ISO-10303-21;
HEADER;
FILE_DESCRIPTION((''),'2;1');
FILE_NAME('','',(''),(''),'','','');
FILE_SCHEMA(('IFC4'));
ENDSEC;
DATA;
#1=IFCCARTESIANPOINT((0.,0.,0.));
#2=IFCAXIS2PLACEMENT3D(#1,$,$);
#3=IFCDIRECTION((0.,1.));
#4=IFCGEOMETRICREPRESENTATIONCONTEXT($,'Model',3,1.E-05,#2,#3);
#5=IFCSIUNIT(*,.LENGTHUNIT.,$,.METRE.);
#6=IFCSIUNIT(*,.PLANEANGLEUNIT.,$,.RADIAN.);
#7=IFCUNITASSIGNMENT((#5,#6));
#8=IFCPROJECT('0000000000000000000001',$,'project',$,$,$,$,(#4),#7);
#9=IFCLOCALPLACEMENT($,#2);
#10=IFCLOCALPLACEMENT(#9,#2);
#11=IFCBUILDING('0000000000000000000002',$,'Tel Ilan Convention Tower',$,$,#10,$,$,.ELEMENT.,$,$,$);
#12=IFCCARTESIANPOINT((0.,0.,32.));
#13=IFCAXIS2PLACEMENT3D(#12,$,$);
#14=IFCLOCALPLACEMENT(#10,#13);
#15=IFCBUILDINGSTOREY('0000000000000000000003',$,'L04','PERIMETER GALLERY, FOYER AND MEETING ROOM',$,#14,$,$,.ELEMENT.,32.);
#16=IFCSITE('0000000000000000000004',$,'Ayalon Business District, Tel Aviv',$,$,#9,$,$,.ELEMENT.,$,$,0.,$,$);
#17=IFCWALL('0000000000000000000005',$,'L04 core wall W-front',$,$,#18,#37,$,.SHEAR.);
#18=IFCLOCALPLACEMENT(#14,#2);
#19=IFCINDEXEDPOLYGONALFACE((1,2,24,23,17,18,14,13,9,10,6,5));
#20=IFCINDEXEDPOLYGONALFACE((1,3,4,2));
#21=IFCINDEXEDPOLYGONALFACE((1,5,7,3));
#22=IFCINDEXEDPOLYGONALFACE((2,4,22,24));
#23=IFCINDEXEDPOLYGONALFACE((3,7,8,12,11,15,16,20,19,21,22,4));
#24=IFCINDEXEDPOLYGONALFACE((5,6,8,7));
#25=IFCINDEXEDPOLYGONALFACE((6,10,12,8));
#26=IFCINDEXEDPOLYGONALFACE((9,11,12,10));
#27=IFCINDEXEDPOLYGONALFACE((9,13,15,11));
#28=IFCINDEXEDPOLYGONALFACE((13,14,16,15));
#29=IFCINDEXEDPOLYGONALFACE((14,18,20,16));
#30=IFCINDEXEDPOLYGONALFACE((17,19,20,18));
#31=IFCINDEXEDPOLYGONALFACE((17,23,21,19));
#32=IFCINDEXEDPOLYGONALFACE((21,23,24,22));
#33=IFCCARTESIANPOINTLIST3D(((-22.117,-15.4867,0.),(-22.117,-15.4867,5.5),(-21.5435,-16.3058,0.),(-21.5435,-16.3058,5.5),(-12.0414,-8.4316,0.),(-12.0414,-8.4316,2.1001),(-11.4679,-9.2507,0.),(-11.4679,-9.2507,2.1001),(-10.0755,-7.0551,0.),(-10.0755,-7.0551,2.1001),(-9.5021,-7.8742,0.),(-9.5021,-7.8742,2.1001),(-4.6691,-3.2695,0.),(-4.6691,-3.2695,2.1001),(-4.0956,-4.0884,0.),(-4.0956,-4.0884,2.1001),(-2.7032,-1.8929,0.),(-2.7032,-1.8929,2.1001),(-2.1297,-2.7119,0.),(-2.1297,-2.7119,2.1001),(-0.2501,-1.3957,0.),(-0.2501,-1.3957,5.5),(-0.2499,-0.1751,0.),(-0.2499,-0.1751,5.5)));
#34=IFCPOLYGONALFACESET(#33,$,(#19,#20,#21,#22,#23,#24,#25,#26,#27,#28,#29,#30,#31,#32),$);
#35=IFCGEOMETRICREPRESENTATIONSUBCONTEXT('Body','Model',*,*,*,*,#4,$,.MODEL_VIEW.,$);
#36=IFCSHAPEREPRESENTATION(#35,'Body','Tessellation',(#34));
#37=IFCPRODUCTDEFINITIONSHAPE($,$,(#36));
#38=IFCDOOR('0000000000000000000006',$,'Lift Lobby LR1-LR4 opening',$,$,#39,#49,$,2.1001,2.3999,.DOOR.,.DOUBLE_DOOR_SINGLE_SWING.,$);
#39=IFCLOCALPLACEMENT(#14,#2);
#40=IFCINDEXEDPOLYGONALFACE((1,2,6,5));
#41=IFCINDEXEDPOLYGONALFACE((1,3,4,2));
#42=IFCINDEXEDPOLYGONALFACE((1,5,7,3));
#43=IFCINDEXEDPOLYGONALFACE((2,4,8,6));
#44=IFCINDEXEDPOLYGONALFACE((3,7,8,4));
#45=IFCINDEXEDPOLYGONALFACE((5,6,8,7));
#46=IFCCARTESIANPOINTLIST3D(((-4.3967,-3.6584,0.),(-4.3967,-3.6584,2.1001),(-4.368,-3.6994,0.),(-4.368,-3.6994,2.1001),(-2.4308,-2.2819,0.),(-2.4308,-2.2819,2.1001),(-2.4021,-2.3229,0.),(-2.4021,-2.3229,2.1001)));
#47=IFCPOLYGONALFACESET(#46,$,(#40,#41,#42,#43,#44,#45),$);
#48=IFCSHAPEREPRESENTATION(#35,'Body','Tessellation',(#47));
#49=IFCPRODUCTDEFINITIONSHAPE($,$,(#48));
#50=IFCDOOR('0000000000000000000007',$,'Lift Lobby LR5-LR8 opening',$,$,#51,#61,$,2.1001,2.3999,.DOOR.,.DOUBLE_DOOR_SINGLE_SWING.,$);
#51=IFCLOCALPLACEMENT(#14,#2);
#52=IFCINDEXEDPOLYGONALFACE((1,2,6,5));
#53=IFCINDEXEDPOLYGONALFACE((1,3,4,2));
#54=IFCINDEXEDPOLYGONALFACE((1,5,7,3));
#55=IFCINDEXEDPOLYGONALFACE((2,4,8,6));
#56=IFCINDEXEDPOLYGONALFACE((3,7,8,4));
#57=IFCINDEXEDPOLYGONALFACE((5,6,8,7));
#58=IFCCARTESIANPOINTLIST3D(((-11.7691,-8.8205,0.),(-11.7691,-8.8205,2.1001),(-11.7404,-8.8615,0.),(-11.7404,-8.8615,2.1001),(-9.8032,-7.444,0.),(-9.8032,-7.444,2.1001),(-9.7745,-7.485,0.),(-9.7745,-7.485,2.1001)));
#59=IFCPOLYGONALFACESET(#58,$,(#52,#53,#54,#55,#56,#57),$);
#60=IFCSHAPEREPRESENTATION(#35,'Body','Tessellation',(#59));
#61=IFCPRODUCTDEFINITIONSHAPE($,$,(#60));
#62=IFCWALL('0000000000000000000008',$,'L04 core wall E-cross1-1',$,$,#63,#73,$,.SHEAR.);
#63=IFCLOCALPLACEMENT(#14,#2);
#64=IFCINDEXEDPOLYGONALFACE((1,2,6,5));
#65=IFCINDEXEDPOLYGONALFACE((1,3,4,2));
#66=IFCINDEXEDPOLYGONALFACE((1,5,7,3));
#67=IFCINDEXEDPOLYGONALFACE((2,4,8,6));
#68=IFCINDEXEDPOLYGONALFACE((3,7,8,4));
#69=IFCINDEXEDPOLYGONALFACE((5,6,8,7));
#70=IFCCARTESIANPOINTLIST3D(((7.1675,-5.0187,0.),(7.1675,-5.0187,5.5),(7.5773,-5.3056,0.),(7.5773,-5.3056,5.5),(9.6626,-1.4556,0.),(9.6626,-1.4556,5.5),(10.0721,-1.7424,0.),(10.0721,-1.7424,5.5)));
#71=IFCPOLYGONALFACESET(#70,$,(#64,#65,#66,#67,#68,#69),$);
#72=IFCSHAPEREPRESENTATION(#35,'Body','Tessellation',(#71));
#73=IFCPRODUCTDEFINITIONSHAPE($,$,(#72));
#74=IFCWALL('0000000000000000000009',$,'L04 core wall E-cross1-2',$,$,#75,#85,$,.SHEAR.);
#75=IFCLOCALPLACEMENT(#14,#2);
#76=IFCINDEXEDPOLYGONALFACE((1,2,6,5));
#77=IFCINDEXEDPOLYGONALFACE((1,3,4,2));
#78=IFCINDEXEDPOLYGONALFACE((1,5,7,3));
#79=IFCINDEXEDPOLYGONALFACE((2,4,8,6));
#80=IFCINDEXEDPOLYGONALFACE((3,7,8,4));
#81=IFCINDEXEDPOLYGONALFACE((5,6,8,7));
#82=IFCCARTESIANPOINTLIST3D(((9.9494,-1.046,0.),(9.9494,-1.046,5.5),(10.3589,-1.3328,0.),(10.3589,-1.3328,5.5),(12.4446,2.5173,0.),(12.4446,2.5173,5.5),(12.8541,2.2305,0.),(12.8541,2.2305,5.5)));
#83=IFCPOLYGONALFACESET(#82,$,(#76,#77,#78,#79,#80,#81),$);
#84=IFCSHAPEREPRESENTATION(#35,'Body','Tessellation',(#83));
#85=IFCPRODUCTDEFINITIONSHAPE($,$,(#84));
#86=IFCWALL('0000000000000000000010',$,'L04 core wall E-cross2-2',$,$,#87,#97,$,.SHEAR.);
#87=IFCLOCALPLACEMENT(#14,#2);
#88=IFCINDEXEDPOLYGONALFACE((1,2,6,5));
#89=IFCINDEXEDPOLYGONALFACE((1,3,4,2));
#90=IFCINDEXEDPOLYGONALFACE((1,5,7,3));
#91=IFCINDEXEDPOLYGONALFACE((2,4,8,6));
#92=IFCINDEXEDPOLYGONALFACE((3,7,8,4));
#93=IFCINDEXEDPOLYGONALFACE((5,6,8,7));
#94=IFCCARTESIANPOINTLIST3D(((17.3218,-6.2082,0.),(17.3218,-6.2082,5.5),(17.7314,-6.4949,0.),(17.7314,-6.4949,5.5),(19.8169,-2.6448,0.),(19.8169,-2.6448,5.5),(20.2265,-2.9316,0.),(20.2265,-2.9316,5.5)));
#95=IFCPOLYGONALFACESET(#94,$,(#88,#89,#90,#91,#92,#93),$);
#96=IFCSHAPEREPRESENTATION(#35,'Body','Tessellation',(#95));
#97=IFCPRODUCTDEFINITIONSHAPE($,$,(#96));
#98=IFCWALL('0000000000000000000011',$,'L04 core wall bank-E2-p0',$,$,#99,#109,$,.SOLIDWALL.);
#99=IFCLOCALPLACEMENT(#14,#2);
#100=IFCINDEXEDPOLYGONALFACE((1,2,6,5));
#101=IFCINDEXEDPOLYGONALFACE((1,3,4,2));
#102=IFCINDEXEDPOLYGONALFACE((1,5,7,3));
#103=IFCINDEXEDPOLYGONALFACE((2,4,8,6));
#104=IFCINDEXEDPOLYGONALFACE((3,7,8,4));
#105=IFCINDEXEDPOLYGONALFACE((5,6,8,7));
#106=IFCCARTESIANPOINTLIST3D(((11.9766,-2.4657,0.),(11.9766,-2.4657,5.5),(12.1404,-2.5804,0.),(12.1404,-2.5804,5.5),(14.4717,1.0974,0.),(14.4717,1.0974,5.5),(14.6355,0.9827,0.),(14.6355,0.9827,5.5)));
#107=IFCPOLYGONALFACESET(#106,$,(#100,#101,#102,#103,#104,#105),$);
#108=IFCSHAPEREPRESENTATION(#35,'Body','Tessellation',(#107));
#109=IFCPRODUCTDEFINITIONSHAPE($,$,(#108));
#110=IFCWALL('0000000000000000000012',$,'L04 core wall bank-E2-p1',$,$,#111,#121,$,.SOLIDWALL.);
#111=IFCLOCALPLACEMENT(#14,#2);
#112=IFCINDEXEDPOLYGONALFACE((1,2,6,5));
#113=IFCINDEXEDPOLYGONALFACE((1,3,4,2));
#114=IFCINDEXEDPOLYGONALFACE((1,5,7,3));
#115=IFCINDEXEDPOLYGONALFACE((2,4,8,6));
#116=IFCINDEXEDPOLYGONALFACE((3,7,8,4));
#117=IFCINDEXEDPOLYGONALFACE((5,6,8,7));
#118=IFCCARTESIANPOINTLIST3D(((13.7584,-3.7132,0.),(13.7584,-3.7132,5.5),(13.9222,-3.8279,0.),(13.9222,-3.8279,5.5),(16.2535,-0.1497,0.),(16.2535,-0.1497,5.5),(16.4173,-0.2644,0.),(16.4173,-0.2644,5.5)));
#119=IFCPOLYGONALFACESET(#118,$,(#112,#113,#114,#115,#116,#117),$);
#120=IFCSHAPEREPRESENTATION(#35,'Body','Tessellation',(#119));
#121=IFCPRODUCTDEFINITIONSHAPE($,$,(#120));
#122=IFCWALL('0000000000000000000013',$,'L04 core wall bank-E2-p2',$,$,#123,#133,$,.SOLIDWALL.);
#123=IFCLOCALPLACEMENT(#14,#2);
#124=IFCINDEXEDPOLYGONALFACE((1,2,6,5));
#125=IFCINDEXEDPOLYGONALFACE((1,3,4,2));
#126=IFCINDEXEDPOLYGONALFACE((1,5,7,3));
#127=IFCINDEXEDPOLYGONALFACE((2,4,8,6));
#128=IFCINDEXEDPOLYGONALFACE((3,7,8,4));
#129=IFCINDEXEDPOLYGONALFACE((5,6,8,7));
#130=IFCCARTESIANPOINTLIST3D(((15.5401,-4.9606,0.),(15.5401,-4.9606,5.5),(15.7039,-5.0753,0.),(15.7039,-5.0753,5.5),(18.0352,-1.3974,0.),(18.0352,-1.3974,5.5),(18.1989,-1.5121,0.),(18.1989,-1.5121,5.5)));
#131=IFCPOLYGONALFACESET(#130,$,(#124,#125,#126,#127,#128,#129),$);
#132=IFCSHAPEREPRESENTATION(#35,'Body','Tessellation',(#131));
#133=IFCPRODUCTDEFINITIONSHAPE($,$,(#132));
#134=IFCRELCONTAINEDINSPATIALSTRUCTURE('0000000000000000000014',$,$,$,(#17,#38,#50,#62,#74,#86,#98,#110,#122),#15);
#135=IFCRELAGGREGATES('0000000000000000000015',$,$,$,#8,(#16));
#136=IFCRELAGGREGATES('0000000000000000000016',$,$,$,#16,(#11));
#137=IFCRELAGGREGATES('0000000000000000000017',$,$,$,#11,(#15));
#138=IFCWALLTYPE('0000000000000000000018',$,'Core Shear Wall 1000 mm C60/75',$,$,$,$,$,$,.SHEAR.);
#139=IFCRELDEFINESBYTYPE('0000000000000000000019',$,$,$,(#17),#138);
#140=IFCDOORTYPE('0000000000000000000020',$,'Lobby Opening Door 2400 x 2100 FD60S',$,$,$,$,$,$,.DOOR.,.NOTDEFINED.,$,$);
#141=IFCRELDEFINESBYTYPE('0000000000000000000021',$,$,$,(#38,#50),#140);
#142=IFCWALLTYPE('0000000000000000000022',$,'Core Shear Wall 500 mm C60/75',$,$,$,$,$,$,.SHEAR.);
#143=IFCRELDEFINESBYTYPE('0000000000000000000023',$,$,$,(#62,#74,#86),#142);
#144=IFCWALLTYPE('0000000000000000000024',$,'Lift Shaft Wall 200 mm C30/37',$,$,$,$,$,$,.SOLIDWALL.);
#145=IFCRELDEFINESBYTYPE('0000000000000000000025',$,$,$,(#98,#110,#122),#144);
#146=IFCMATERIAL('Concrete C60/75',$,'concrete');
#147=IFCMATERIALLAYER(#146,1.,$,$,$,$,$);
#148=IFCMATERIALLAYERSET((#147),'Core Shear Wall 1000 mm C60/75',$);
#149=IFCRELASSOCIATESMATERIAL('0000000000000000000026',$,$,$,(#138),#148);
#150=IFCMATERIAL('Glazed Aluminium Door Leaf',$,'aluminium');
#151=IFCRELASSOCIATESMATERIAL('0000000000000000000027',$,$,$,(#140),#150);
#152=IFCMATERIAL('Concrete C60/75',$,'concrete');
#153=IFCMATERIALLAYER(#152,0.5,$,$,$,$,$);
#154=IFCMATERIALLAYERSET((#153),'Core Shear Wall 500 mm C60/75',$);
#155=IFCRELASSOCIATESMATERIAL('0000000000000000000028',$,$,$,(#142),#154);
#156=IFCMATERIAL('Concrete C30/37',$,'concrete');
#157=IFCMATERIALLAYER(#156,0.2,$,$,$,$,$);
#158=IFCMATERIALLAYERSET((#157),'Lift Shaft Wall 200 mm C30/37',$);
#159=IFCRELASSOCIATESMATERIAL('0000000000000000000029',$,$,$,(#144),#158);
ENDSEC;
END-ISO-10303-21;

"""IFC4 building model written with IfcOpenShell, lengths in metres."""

from ifc_helpers import new_model, si_unit, direction, frame, frame_2d, origin, place, context, subcontext, project, spatial, polyline, rectangle, outline, extrude, material, layer, layer_set, type_object, element, fill, save


model = new_model("IFC4")

# Units and contexts
model_context = context("Model", 3, precision=1e-05, world=origin(), true_north=direction((0.0, 1.0)))
body_context = subcontext(model_context, "Body", "Model", "MODEL_VIEW")
ifc_project = project(units=[si_unit("LENGTHUNIT", "METRE"), si_unit("PLANEANGLEUNIT", "RADIAN")], contexts=[model_context])

# Site, building, storey
site_placement = place(None, origin())
site = spatial("IfcSite", under=ifc_project, at=site_placement, Name="Ayalon Business District, Tel Aviv", CompositionType="ELEMENT", RefElevation=0.0)
building_placement = place(site_placement, origin())
building = spatial("IfcBuilding", under=site, at=building_placement, Name="Tel Ilan Convention Tower", CompositionType="ELEMENT")
storey_placement = place(building_placement, frame((0.0, 0.0, 32.0)))
storey = spatial("IfcBuildingStorey", under=building, at=storey_placement, Name="L04", Description="PERIMETER GALLERY, FOYER AND MEETING ROOM", CompositionType="ELEMENT", Elevation=32.0)

# Wall, openings, doors
ifc_material_1 = material(Name="Concrete C60/75", Category="concrete")
ifc_layer_1 = layer(ifc_material_1, 1.0)
ifc_layer_set_1 = layer_set([ifc_layer_1], Name="Core Shear Wall 1000 mm C60/75")
wall_type_1 = type_object("IfcWallType", Name="Core Shear Wall 1000 mm C60/75", PredefinedType="SHEAR", material=ifc_layer_set_1)
wall_1_placement = place(storey_placement, frame((0.0369, -0.5847, 0.0), z_axis=(0.0, 0.0, 1.0), x_axis=(-0.819157, -0.573569, 0.0)))
wall_1 = element("IfcWall", 1, at=wall_1_placement, inside=storey, type_object=wall_type_1, Name="L04 core wall W-front", PredefinedType="SHEAR", context=body_context, shape_type="SweptSolid", body=[
    extrude(outline(polyline([(26.6948, 0.5002), (0.7002, 0.4998), (0.0, -0.5), (26.6948, -0.4998), (26.6948, 0.5002)])), origin(), (0.0, 0.0, 1.0), 5.5),
])
opening_1_placement = place(wall_1_placement, frame((2.9949, 0.0, 0.0)))
opening_1 = element("IfcOpeningElement", 2, at=opening_1_placement, cuts=wall_1, PredefinedType="OPENING", context=body_context, shape_type="SweptSolid", body=[
    extrude(rectangle(XDim=2.3999, YDim=2.1001, at=frame_2d((1.2, 1.05))), frame((0.0, 0.51, 0.0), z_axis=(0.0, -1.0, 0.0), x_axis=(1.0, 0.0, 0.0)), (0.0, 0.0, 1.0), 1.02),
])
opening_2_placement = place(wall_1_placement, frame((11.9949, 0.0, 0.0)))
opening_2 = element("IfcOpeningElement", 3, at=opening_2_placement, cuts=wall_1, PredefinedType="OPENING", context=body_context, shape_type="SweptSolid", body=[
    extrude(rectangle(XDim=2.3999, YDim=2.1001, at=frame_2d((1.2, 1.05))), frame((0.0, 0.51, 0.0), z_axis=(0.0, -1.0, 0.0), x_axis=(1.0, 0.0, 0.0)), (0.0, 0.0, 1.0), 1.02),
])
ifc_material_2 = material(Name="Glazed Aluminium Door Leaf", Category="aluminium")
door_type_1 = type_object("IfcDoorType", Name="Lobby Opening Door 2400 x 2100 FD60S", OperationType="NOTDEFINED", PredefinedType="DOOR", material=ifc_material_2)
door_1_placement = place(opening_1_placement, origin())
door_1 = element("IfcDoor", 4, at=door_1_placement, inside=storey, type_object=door_type_1, Name="Lift Lobby LR1-LR4 opening", OperationType="DOUBLE_DOOR_SINGLE_SWING", OverallHeight=2.1001, OverallWidth=2.3999, PredefinedType="DOOR", context=body_context, shape_type="SweptSolid", body=[
    extrude(rectangle(XDim=2.3999, YDim=2.1001, at=frame_2d((1.2, 1.05))), frame((0.0, 0.0249, 0.0), z_axis=(0.0, -1.0, 0.0), x_axis=(1.0, 0.0, 0.0)), (0.0, 0.0, 1.0), 0.05),
])
fill(opening_1, door_1)
door_2_placement = place(opening_2_placement, origin())
door_2 = element("IfcDoor", 5, at=door_2_placement, inside=storey, type_object=door_type_1, Name="Lift Lobby LR5-LR8 opening", OperationType="DOUBLE_DOOR_SINGLE_SWING", OverallHeight=2.1001, OverallWidth=2.3999, PredefinedType="DOOR", context=body_context, shape_type="SweptSolid", body=[
    extrude(rectangle(XDim=2.3999, YDim=2.1001, at=frame_2d((1.2, 1.05))), frame((0.0, 0.0249, 0.0), z_axis=(0.0, -1.0, 0.0), x_axis=(1.0, 0.0, 0.0)), (0.0, 0.0, 1.0), 0.05),
])
fill(opening_2, door_2)

# Walls
ifc_material_3 = material(Name="Concrete C60/75", Category="concrete")
ifc_layer_2 = layer(ifc_material_3, 0.5)
ifc_layer_set_2 = layer_set([ifc_layer_2], Name="Core Shear Wall 500 mm C60/75")
wall_type_2 = type_object("IfcWallType", Name="Core Shear Wall 500 mm C60/75", PredefinedType="SHEAR", material=ifc_layer_set_2)
wall_2_placement = place(storey_placement, frame((7.3723, -5.1621, 0.0), z_axis=(0.0, 0.0, 1.0), x_axis=(0.573594, 0.81914, 0.0)))
element("IfcWall", 6, at=wall_2_placement, inside=storey, type_object=wall_type_2, Name="L04 core wall E-cross1-1", PredefinedType="SHEAR", context=body_context, shape_type="SweptSolid", body=[
    extrude(outline(polyline([(0.0, 0.25), (0.0, -0.2502), (4.3499, -0.25), (4.3499, 0.25), (0.0, 0.25)])), origin(), (0.0, 0.0, 1.0), 5.5),
])
wall_3_placement = place(storey_placement, frame((10.1543, -1.1892, 0.0), z_axis=(0.0, 0.0, 1.0), x_axis=(0.573594, 0.81914, 0.0)))
element("IfcWall", 7, at=wall_3_placement, inside=storey, type_object=wall_type_2, Name="L04 core wall E-cross1-2", PredefinedType="SHEAR", context=body_context, shape_type="SweptSolid", body=[
    extrude(outline(polyline([(4.3499, -0.25), (4.3499, 0.25), (-0.0002, 0.25), (-0.0002, -0.25), (4.3499, -0.25)])), origin(), (0.0, 0.0, 1.0), 5.5),
])
wall_4_placement = place(storey_placement, frame((17.5266, -6.3516, 0.0), z_axis=(0.0, 0.0, 1.0), x_axis=(0.57353, 0.819184, 0.0)))
element("IfcWall", 8, at=wall_4_placement, inside=storey, type_object=wall_type_2, Name="L04 core wall E-cross2-2", PredefinedType="SHEAR", context=body_context, shape_type="SweptSolid", body=[
    extrude(outline(polyline([(4.3501, -0.2502), (4.3501, 0.2498), (0.0, 0.25), (0.0, -0.25), (4.3501, -0.2502)])), origin(), (0.0, 0.0, 1.0), 5.5),
])
ifc_material_4 = material(Name="Concrete C30/37", Category="concrete")
ifc_layer_3 = layer(ifc_material_4, 0.2)
ifc_layer_set_3 = layer_set([ifc_layer_3], Name="Lift Shaft Wall 200 mm C30/37")
wall_type_3 = type_object("IfcWallType", Name="Lift Shaft Wall 200 mm C30/37", PredefinedType="SOLIDWALL", material=ifc_layer_set_3)
wall_5_placement = place(storey_placement, frame((12.0586, -2.5229, 0.0), z_axis=(0.0, 0.0, 1.0), x_axis=(0.573594, 0.81914, 0.0)))
element("IfcWall", 9, at=wall_5_placement, inside=storey, type_object=wall_type_3, Name="L04 core wall bank-E2-p0", PredefinedType="SOLIDWALL", context=body_context, shape_type="SweptSolid", body=[
    extrude(rectangle(XDim=4.3499, YDim=0.2, at=frame_2d((2.1748, 0.0))), origin(), (0.0, 0.0, 1.0), 5.5),
])
wall_6_placement = place(storey_placement, frame((13.8403, -3.7705, 0.0), z_axis=(0.0, 0.0, 1.0), x_axis=(0.573568, 0.819158, 0.0)))
element("IfcWall", 10, at=wall_6_placement, inside=storey, type_object=wall_type_3, Name="L04 core wall bank-E2-p1", PredefinedType="SOLIDWALL", context=body_context, shape_type="SweptSolid", body=[
    extrude(rectangle(XDim=4.3501, YDim=0.2, at=frame_2d((2.175, 0.0))), origin(), (0.0, 0.0, 1.0), 5.5),
])
wall_7_placement = place(storey_placement, frame((15.6221, -5.0178, 0.0), z_axis=(0.0, 0.0, 1.0), x_axis=(0.573594, 0.81914, 0.0)))
element("IfcWall", 11, at=wall_7_placement, inside=storey, type_object=wall_type_3, Name="L04 core wall bank-E2-p2", PredefinedType="SOLIDWALL", context=body_context, shape_type="SweptSolid", body=[
    extrude(rectangle(XDim=4.3499, YDim=0.2, at=frame_2d((2.1748, 0.0))), origin(), (0.0, 0.0, 1.0), 5.5),
])

save(model, "model.ifc")
